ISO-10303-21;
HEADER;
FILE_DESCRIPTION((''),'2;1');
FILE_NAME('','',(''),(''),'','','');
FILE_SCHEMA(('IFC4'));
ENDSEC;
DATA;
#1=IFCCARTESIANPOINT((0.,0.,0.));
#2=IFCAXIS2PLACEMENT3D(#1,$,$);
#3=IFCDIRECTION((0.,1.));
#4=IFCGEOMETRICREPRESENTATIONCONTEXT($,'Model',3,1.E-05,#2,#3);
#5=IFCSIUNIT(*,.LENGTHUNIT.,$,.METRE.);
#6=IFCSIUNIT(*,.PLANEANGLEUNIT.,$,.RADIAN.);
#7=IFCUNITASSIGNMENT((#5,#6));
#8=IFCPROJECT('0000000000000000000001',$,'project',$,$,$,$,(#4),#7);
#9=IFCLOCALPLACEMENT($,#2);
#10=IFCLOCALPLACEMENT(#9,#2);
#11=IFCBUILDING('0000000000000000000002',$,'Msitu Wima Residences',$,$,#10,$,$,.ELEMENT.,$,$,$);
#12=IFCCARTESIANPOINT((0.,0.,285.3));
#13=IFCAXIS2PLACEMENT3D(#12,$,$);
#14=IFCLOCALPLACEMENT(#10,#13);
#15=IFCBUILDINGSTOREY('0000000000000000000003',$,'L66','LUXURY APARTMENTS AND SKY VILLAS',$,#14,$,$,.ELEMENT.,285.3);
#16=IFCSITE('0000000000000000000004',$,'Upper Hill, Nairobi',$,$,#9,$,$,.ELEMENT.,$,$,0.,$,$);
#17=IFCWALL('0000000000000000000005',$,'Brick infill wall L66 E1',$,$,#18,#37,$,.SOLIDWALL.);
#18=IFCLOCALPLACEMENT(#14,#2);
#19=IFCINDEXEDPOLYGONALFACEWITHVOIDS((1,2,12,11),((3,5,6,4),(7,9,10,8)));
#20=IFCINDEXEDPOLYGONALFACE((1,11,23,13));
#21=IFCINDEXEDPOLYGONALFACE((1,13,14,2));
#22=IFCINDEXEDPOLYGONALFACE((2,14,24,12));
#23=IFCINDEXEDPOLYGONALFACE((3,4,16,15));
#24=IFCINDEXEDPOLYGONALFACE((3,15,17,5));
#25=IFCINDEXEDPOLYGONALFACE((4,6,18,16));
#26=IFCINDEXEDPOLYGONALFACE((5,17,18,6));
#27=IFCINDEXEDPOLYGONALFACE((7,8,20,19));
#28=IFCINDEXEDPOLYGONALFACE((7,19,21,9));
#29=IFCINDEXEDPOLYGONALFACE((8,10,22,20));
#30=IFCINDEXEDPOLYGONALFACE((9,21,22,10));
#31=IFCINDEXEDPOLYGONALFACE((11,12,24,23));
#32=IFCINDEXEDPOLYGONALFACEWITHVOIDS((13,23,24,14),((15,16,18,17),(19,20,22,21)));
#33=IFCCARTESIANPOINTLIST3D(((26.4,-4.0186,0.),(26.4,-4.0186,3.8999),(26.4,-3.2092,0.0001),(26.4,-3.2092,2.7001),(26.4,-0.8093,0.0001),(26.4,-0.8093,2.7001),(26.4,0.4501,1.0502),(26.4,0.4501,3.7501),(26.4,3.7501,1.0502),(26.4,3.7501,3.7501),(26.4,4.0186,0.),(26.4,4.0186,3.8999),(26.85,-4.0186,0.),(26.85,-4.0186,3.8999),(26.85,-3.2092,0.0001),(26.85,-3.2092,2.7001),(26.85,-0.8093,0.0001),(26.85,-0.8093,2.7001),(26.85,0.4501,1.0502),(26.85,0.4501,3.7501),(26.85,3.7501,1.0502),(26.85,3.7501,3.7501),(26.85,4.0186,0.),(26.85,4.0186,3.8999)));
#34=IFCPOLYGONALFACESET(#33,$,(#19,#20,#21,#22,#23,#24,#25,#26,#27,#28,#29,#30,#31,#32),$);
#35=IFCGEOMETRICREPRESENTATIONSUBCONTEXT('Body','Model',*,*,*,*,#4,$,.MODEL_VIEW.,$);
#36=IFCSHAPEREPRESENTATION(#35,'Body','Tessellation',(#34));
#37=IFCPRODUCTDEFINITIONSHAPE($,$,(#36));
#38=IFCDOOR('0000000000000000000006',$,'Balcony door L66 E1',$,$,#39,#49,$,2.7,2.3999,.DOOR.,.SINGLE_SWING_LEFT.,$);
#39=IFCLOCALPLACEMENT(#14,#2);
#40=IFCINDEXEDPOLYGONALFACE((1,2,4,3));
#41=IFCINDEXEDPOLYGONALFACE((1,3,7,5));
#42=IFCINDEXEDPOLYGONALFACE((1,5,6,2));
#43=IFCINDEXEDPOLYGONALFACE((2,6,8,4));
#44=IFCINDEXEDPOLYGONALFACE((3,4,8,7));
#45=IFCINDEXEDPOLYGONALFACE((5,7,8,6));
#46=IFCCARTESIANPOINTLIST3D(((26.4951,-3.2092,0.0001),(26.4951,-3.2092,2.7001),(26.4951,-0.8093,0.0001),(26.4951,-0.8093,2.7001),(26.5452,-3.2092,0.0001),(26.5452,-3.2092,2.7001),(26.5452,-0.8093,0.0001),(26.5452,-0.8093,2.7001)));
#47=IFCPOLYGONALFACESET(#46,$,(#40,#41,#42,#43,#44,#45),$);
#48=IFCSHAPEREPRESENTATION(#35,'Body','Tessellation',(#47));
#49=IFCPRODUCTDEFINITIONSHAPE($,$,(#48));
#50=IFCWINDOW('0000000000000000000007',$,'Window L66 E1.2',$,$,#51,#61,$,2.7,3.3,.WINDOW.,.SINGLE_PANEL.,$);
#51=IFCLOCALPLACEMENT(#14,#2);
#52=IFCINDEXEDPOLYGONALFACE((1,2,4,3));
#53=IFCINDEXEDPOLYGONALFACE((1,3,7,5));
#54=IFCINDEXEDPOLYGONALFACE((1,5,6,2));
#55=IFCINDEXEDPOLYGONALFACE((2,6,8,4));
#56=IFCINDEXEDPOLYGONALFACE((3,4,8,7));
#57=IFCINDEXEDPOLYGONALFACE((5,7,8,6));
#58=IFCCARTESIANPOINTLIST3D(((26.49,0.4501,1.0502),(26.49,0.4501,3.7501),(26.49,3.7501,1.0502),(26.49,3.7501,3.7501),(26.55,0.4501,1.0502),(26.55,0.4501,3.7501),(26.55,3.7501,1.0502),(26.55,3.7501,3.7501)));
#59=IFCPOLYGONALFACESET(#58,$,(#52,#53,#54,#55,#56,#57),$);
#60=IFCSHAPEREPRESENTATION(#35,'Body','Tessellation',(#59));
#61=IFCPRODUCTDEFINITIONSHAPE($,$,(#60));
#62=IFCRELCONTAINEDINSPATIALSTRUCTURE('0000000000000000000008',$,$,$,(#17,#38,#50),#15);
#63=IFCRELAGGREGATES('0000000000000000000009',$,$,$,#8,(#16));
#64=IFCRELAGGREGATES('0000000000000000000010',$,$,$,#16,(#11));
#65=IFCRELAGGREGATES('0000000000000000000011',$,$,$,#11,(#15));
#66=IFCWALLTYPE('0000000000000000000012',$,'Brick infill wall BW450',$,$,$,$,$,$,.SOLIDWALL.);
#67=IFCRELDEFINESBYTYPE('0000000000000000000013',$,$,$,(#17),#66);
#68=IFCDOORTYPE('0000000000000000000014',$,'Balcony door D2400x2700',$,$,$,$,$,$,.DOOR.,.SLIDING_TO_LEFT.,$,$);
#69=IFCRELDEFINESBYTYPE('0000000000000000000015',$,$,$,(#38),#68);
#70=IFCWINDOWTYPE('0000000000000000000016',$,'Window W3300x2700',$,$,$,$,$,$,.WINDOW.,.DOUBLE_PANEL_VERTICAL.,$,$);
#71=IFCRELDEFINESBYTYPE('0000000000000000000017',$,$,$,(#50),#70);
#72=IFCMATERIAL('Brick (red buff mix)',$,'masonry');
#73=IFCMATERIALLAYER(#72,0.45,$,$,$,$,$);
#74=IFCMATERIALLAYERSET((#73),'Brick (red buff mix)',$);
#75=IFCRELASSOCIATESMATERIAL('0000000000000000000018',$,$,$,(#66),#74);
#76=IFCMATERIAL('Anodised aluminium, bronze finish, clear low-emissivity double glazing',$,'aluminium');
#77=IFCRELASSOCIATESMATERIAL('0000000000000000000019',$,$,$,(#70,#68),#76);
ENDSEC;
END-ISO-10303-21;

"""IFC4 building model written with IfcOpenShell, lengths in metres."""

from ifc_helpers import new_model, si_unit, direction, frame, frame_2d, origin, place, context, subcontext, project, spatial, rectangle, extrude, material, layer, layer_set, type_object, element, fill, save


model = new_model("IFC4")

# Units and contexts
model_context = context("Model", 3, precision=1e-05, world=origin(), true_north=direction((0.0, 1.0)))
body_context = subcontext(model_context, "Body", "Model", "MODEL_VIEW")
ifc_project = project(units=[si_unit("LENGTHUNIT", "METRE"), si_unit("PLANEANGLEUNIT", "RADIAN")], contexts=[model_context])

# Site, building, storey
site_placement = place(None, origin())
site = spatial("IfcSite", under=ifc_project, at=site_placement, Name="Upper Hill, Nairobi", CompositionType="ELEMENT", RefElevation=0.0)
building_placement = place(site_placement, origin())
building = spatial("IfcBuilding", under=site, at=building_placement, Name="Msitu Wima Residences", CompositionType="ELEMENT")
storey_placement = place(building_placement, frame((0.0, 0.0, 285.3)))
storey = spatial("IfcBuildingStorey", under=building, at=storey_placement, Name="L66", Description="LUXURY APARTMENTS AND SKY VILLAS", CompositionType="ELEMENT", Elevation=285.3)

# Shared definitions
ifc_material_1 = material(Name="Brick (red buff mix)", Category="masonry")
ifc_layer_1 = layer(ifc_material_1, 0.45)
ifc_layer_set_1 = layer_set([ifc_layer_1], Name="Brick (red buff mix)")
wall_type_1 = type_object("IfcWallType", Name="Brick infill wall BW450", PredefinedType="SOLIDWALL", material=ifc_layer_set_1)
ifc_material_2 = material(Name="Anodised aluminium, bronze finish, clear low-emissivity double glazing", Category="aluminium")
window_type = type_object("IfcWindowType", Name="Window W3300x2700", PartitioningType="DOUBLE_PANEL_VERTICAL", PredefinedType="WINDOW", material=ifc_material_2)

# Wall, openings, door, window
wall_1_placement = place(storey_placement, frame((26.625, -4.0186, 0.0), z_axis=(0.0, 0.0, 1.0), x_axis=(0.0, 1.0, 0.0)))
wall_1 = element("IfcWall", 1, at=wall_1_placement, inside=storey, type_object=wall_type_1, Name="Brick infill wall L66 E1", PredefinedType="SOLIDWALL", context=body_context, shape_type="SweptSolid", body=[
    extrude(rectangle(XDim=8.0371, YDim=0.45, at=frame_2d((4.0186, 0.0))), origin(), (0.0, 0.0, 1.0), 3.8999),
])
opening_1_placement = place(wall_1_placement, frame((0.8093, 0.0, 0.0)))
opening_1 = element("IfcOpeningElement", 2, at=opening_1_placement, cuts=wall_1, PredefinedType="OPENING", context=body_context, shape_type="SweptSolid", body=[
    extrude(rectangle(XDim=2.3999, YDim=2.7, at=frame_2d((1.2, 1.3501))), frame((0.0, 0.2349, 0.0), z_axis=(0.0, -1.0, 0.0), x_axis=(1.0, 0.0, 0.0)), (0.0, 0.0, 1.0), 0.47),
])
opening_2_placement = place(wall_1_placement, frame((4.4688, 0.0, 1.05)))
opening_2 = element("IfcOpeningElement", 3, at=opening_2_placement, cuts=wall_1, PredefinedType="OPENING", context=body_context, shape_type="SweptSolid", body=[
    extrude(rectangle(XDim=3.3, YDim=2.7, at=frame_2d((1.6499, 1.3501))), frame((0.0, 0.2349, 0.0), z_axis=(0.0, -1.0, 0.0), x_axis=(1.0, 0.0, 0.0)), (0.0, 0.0, 1.0), 0.47),
])
door_type = type_object("IfcDoorType", Name="Balcony door D2400x2700", OperationType="SLIDING_TO_LEFT", PredefinedType="DOOR", material=ifc_material_2)
door_placement = place(opening_1_placement, origin())
door = element("IfcDoor", 4, at=door_placement, inside=storey, type_object=door_type, Name="Balcony door L66 E1", OperationType="SINGLE_SWING_LEFT", OverallHeight=2.7, OverallWidth=2.3999, PredefinedType="DOOR", context=body_context, shape_type="SweptSolid", body=[
    extrude(rectangle(XDim=2.3999, YDim=2.7, at=frame_2d((1.2, 1.3501))), frame((0.0, 0.1299, 0.0), z_axis=(0.0, -1.0, 0.0), x_axis=(1.0, 0.0, 0.0)), (0.0, 0.0, 1.0), 0.05),
])
fill(opening_1, door)
window_1_placement = place(opening_2_placement, origin())
window_1 = element("IfcWindow", 5, at=window_1_placement, inside=storey, type_object=window_type, Name="Window L66 E1.2", OverallHeight=2.7, OverallWidth=3.3, PartitioningType="SINGLE_PANEL", PredefinedType="WINDOW", context=body_context, shape_type="SweptSolid", body=[
    extrude(rectangle(XDim=3.3, YDim=2.7, at=frame_2d((1.6499, 1.3501))), frame((0.0, 0.135, 0.0), z_axis=(0.0, -1.0, 0.0), x_axis=(1.0, 0.0, 0.0)), (0.0, 0.0, 1.0), 0.0601),
])
fill(opening_2, window_1)

save(model, "model.ifc")
